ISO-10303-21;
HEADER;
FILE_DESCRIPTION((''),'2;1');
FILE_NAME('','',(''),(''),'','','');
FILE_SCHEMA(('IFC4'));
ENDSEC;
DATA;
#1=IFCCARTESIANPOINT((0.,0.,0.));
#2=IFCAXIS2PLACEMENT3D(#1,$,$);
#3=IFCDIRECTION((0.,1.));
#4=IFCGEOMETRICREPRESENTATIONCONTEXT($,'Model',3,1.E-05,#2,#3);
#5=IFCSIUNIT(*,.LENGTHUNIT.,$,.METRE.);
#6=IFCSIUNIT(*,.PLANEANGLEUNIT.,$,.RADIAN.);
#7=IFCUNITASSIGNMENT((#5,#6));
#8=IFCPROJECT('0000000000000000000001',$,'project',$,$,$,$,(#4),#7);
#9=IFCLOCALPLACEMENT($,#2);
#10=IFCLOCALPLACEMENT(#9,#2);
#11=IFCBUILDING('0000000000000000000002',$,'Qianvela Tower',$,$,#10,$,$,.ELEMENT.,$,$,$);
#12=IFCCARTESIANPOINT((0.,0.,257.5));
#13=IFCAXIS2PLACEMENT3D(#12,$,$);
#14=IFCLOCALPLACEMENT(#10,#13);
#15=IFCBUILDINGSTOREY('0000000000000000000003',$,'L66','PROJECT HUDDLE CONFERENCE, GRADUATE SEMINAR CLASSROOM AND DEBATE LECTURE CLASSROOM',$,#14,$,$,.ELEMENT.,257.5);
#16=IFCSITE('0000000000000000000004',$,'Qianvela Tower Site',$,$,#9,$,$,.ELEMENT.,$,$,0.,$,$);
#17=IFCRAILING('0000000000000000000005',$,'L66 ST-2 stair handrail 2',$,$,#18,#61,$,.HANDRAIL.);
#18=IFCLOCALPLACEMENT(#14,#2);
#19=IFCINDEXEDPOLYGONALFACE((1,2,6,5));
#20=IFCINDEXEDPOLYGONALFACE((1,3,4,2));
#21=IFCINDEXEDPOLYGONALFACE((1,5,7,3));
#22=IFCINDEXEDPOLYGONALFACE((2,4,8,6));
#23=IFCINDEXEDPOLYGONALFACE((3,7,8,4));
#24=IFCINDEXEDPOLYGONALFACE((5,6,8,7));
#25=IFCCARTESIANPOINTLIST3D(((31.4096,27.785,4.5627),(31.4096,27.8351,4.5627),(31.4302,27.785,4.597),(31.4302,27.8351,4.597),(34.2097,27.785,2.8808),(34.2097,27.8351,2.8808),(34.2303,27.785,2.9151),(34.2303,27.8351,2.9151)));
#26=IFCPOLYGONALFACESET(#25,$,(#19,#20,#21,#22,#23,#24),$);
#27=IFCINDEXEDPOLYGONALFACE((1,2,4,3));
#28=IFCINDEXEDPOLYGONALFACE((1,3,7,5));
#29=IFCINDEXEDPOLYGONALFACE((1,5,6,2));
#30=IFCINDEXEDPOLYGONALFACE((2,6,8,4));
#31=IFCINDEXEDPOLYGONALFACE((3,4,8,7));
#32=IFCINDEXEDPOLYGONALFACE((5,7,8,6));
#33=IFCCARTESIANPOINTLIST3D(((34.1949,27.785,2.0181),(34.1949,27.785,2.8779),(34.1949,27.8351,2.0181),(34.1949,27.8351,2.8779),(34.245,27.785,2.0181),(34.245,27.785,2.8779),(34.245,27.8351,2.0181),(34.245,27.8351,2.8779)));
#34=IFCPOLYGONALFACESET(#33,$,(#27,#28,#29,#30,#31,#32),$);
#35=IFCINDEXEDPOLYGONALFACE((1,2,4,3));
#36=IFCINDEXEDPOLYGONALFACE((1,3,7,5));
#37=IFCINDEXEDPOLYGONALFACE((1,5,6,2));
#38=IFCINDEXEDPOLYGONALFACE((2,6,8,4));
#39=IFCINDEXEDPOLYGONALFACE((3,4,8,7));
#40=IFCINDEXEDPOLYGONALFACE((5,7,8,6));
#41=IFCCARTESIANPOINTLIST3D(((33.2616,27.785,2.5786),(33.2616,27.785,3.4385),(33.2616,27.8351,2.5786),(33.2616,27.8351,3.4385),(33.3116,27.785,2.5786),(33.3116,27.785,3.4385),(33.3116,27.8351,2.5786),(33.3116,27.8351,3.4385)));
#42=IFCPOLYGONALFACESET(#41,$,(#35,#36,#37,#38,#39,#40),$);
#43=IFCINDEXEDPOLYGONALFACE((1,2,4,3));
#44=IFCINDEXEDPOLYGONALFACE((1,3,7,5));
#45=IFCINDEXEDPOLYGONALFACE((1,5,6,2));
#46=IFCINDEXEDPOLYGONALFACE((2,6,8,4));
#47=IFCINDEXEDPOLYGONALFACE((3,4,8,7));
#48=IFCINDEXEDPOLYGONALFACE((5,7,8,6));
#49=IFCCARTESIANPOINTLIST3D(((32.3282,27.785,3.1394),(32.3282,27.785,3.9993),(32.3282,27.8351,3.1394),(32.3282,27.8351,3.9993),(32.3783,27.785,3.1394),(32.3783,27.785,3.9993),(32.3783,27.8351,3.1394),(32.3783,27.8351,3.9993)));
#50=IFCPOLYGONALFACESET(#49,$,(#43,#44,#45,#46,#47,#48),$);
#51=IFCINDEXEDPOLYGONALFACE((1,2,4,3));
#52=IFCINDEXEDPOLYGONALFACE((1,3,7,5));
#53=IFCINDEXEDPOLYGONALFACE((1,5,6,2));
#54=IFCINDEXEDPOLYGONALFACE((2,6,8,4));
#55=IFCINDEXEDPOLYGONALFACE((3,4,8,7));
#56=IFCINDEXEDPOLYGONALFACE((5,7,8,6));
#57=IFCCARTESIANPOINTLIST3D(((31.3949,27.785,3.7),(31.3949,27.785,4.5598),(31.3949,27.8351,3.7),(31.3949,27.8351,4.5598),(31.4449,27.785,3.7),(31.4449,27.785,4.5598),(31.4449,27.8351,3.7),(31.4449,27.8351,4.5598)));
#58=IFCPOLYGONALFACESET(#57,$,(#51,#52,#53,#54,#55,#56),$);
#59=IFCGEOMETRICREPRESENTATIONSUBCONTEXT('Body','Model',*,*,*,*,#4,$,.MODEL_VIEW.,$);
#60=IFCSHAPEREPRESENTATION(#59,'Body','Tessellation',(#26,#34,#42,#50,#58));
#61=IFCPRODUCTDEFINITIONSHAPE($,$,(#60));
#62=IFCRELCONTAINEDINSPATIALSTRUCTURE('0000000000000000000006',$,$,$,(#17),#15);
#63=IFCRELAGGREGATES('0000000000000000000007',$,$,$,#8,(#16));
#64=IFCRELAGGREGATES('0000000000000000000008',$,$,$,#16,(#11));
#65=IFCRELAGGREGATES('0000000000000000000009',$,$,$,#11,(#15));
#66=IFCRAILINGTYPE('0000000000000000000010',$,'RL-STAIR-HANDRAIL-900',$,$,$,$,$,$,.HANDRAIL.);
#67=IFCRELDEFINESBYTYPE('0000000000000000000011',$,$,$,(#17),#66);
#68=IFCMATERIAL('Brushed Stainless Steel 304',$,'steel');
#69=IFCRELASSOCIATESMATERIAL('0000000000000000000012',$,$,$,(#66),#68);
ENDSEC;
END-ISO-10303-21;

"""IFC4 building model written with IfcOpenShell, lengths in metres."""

from ifc_helpers import new_model, si_unit, direction, frame, origin, origin_2d, place, context, subcontext, project, spatial, rectangle, extrude, material, type_object, element, save


model = new_model("IFC4")

# Units and contexts
model_context = context("Model", 3, precision=1e-05, world=origin(), true_north=direction((0.0, 1.0)))
body_context = subcontext(model_context, "Body", "Model", "MODEL_VIEW")
ifc_project = project(units=[si_unit("LENGTHUNIT", "METRE"), si_unit("PLANEANGLEUNIT", "RADIAN")], contexts=[model_context])

# Site, building, storey
site_placement = place(None, origin())
site = spatial("IfcSite", under=ifc_project, at=site_placement, Name="Qianvela Tower Site", CompositionType="ELEMENT", RefElevation=0.0)
building_placement = place(site_placement, origin())
building = spatial("IfcBuilding", under=site, at=building_placement, Name="Qianvela Tower", CompositionType="ELEMENT")
storey_placement = place(building_placement, frame((0.0, 0.0, 257.5)))
storey = spatial("IfcBuildingStorey", under=building, at=storey_placement, Name="L66", Description="PROJECT HUDDLE CONFERENCE, GRADUATE SEMINAR CLASSROOM AND DEBATE LECTURE CLASSROOM", CompositionType="ELEMENT", Elevation=257.5)

# Railing
ifc_material_1 = material(Name="Brushed Stainless Steel 304", Category="steel")
railing_type_1 = type_object("IfcRailingType", Name="RL-STAIR-HANDRAIL-900", PredefinedType="HANDRAIL", material=ifc_material_1)
for number, where, name in (
    (1, (34.22, 27.8101, 2.0181), "L66 ST-2 stair handrail 2"),
):
    element("IfcRailing", number, at=place(storey_placement, frame(where)), inside=storey, type_object=railing_type_1, Name=name, PredefinedType="HANDRAIL", context=body_context, shape_type="SweptSolid", body=[
        extrude(rectangle(XDim=0.05, YDim=0.04, at=origin_2d()), frame((0.0, 0.0, 0.8799), z_axis=(-0.857242, 0.0, 0.514913), x_axis=(0.0, -1.0, 0.0)), (0.0, 0.0, 1.0), 3.2664),
        extrude(rectangle(XDim=0.05, YDim=0.05, at=origin_2d()), origin(), (0.0, 0.0, 1.0), 0.8599),
        extrude(rectangle(XDim=0.05, YDim=0.05, at=origin_2d()), frame((-0.9333, 0.0, 0.5605)), (0.0, 0.0, 1.0), 0.8599),
        extrude(rectangle(XDim=0.05, YDim=0.05, at=origin_2d()), frame((-1.8667, 0.0, 1.1213)), (0.0, 0.0, 1.0), 0.8599),
        extrude(rectangle(XDim=0.05, YDim=0.05, at=origin_2d()), frame((-2.8, 0.0, 1.6819)), (0.0, 0.0, 1.0), 0.8599),
    ])

save(model, "model.ifc")
